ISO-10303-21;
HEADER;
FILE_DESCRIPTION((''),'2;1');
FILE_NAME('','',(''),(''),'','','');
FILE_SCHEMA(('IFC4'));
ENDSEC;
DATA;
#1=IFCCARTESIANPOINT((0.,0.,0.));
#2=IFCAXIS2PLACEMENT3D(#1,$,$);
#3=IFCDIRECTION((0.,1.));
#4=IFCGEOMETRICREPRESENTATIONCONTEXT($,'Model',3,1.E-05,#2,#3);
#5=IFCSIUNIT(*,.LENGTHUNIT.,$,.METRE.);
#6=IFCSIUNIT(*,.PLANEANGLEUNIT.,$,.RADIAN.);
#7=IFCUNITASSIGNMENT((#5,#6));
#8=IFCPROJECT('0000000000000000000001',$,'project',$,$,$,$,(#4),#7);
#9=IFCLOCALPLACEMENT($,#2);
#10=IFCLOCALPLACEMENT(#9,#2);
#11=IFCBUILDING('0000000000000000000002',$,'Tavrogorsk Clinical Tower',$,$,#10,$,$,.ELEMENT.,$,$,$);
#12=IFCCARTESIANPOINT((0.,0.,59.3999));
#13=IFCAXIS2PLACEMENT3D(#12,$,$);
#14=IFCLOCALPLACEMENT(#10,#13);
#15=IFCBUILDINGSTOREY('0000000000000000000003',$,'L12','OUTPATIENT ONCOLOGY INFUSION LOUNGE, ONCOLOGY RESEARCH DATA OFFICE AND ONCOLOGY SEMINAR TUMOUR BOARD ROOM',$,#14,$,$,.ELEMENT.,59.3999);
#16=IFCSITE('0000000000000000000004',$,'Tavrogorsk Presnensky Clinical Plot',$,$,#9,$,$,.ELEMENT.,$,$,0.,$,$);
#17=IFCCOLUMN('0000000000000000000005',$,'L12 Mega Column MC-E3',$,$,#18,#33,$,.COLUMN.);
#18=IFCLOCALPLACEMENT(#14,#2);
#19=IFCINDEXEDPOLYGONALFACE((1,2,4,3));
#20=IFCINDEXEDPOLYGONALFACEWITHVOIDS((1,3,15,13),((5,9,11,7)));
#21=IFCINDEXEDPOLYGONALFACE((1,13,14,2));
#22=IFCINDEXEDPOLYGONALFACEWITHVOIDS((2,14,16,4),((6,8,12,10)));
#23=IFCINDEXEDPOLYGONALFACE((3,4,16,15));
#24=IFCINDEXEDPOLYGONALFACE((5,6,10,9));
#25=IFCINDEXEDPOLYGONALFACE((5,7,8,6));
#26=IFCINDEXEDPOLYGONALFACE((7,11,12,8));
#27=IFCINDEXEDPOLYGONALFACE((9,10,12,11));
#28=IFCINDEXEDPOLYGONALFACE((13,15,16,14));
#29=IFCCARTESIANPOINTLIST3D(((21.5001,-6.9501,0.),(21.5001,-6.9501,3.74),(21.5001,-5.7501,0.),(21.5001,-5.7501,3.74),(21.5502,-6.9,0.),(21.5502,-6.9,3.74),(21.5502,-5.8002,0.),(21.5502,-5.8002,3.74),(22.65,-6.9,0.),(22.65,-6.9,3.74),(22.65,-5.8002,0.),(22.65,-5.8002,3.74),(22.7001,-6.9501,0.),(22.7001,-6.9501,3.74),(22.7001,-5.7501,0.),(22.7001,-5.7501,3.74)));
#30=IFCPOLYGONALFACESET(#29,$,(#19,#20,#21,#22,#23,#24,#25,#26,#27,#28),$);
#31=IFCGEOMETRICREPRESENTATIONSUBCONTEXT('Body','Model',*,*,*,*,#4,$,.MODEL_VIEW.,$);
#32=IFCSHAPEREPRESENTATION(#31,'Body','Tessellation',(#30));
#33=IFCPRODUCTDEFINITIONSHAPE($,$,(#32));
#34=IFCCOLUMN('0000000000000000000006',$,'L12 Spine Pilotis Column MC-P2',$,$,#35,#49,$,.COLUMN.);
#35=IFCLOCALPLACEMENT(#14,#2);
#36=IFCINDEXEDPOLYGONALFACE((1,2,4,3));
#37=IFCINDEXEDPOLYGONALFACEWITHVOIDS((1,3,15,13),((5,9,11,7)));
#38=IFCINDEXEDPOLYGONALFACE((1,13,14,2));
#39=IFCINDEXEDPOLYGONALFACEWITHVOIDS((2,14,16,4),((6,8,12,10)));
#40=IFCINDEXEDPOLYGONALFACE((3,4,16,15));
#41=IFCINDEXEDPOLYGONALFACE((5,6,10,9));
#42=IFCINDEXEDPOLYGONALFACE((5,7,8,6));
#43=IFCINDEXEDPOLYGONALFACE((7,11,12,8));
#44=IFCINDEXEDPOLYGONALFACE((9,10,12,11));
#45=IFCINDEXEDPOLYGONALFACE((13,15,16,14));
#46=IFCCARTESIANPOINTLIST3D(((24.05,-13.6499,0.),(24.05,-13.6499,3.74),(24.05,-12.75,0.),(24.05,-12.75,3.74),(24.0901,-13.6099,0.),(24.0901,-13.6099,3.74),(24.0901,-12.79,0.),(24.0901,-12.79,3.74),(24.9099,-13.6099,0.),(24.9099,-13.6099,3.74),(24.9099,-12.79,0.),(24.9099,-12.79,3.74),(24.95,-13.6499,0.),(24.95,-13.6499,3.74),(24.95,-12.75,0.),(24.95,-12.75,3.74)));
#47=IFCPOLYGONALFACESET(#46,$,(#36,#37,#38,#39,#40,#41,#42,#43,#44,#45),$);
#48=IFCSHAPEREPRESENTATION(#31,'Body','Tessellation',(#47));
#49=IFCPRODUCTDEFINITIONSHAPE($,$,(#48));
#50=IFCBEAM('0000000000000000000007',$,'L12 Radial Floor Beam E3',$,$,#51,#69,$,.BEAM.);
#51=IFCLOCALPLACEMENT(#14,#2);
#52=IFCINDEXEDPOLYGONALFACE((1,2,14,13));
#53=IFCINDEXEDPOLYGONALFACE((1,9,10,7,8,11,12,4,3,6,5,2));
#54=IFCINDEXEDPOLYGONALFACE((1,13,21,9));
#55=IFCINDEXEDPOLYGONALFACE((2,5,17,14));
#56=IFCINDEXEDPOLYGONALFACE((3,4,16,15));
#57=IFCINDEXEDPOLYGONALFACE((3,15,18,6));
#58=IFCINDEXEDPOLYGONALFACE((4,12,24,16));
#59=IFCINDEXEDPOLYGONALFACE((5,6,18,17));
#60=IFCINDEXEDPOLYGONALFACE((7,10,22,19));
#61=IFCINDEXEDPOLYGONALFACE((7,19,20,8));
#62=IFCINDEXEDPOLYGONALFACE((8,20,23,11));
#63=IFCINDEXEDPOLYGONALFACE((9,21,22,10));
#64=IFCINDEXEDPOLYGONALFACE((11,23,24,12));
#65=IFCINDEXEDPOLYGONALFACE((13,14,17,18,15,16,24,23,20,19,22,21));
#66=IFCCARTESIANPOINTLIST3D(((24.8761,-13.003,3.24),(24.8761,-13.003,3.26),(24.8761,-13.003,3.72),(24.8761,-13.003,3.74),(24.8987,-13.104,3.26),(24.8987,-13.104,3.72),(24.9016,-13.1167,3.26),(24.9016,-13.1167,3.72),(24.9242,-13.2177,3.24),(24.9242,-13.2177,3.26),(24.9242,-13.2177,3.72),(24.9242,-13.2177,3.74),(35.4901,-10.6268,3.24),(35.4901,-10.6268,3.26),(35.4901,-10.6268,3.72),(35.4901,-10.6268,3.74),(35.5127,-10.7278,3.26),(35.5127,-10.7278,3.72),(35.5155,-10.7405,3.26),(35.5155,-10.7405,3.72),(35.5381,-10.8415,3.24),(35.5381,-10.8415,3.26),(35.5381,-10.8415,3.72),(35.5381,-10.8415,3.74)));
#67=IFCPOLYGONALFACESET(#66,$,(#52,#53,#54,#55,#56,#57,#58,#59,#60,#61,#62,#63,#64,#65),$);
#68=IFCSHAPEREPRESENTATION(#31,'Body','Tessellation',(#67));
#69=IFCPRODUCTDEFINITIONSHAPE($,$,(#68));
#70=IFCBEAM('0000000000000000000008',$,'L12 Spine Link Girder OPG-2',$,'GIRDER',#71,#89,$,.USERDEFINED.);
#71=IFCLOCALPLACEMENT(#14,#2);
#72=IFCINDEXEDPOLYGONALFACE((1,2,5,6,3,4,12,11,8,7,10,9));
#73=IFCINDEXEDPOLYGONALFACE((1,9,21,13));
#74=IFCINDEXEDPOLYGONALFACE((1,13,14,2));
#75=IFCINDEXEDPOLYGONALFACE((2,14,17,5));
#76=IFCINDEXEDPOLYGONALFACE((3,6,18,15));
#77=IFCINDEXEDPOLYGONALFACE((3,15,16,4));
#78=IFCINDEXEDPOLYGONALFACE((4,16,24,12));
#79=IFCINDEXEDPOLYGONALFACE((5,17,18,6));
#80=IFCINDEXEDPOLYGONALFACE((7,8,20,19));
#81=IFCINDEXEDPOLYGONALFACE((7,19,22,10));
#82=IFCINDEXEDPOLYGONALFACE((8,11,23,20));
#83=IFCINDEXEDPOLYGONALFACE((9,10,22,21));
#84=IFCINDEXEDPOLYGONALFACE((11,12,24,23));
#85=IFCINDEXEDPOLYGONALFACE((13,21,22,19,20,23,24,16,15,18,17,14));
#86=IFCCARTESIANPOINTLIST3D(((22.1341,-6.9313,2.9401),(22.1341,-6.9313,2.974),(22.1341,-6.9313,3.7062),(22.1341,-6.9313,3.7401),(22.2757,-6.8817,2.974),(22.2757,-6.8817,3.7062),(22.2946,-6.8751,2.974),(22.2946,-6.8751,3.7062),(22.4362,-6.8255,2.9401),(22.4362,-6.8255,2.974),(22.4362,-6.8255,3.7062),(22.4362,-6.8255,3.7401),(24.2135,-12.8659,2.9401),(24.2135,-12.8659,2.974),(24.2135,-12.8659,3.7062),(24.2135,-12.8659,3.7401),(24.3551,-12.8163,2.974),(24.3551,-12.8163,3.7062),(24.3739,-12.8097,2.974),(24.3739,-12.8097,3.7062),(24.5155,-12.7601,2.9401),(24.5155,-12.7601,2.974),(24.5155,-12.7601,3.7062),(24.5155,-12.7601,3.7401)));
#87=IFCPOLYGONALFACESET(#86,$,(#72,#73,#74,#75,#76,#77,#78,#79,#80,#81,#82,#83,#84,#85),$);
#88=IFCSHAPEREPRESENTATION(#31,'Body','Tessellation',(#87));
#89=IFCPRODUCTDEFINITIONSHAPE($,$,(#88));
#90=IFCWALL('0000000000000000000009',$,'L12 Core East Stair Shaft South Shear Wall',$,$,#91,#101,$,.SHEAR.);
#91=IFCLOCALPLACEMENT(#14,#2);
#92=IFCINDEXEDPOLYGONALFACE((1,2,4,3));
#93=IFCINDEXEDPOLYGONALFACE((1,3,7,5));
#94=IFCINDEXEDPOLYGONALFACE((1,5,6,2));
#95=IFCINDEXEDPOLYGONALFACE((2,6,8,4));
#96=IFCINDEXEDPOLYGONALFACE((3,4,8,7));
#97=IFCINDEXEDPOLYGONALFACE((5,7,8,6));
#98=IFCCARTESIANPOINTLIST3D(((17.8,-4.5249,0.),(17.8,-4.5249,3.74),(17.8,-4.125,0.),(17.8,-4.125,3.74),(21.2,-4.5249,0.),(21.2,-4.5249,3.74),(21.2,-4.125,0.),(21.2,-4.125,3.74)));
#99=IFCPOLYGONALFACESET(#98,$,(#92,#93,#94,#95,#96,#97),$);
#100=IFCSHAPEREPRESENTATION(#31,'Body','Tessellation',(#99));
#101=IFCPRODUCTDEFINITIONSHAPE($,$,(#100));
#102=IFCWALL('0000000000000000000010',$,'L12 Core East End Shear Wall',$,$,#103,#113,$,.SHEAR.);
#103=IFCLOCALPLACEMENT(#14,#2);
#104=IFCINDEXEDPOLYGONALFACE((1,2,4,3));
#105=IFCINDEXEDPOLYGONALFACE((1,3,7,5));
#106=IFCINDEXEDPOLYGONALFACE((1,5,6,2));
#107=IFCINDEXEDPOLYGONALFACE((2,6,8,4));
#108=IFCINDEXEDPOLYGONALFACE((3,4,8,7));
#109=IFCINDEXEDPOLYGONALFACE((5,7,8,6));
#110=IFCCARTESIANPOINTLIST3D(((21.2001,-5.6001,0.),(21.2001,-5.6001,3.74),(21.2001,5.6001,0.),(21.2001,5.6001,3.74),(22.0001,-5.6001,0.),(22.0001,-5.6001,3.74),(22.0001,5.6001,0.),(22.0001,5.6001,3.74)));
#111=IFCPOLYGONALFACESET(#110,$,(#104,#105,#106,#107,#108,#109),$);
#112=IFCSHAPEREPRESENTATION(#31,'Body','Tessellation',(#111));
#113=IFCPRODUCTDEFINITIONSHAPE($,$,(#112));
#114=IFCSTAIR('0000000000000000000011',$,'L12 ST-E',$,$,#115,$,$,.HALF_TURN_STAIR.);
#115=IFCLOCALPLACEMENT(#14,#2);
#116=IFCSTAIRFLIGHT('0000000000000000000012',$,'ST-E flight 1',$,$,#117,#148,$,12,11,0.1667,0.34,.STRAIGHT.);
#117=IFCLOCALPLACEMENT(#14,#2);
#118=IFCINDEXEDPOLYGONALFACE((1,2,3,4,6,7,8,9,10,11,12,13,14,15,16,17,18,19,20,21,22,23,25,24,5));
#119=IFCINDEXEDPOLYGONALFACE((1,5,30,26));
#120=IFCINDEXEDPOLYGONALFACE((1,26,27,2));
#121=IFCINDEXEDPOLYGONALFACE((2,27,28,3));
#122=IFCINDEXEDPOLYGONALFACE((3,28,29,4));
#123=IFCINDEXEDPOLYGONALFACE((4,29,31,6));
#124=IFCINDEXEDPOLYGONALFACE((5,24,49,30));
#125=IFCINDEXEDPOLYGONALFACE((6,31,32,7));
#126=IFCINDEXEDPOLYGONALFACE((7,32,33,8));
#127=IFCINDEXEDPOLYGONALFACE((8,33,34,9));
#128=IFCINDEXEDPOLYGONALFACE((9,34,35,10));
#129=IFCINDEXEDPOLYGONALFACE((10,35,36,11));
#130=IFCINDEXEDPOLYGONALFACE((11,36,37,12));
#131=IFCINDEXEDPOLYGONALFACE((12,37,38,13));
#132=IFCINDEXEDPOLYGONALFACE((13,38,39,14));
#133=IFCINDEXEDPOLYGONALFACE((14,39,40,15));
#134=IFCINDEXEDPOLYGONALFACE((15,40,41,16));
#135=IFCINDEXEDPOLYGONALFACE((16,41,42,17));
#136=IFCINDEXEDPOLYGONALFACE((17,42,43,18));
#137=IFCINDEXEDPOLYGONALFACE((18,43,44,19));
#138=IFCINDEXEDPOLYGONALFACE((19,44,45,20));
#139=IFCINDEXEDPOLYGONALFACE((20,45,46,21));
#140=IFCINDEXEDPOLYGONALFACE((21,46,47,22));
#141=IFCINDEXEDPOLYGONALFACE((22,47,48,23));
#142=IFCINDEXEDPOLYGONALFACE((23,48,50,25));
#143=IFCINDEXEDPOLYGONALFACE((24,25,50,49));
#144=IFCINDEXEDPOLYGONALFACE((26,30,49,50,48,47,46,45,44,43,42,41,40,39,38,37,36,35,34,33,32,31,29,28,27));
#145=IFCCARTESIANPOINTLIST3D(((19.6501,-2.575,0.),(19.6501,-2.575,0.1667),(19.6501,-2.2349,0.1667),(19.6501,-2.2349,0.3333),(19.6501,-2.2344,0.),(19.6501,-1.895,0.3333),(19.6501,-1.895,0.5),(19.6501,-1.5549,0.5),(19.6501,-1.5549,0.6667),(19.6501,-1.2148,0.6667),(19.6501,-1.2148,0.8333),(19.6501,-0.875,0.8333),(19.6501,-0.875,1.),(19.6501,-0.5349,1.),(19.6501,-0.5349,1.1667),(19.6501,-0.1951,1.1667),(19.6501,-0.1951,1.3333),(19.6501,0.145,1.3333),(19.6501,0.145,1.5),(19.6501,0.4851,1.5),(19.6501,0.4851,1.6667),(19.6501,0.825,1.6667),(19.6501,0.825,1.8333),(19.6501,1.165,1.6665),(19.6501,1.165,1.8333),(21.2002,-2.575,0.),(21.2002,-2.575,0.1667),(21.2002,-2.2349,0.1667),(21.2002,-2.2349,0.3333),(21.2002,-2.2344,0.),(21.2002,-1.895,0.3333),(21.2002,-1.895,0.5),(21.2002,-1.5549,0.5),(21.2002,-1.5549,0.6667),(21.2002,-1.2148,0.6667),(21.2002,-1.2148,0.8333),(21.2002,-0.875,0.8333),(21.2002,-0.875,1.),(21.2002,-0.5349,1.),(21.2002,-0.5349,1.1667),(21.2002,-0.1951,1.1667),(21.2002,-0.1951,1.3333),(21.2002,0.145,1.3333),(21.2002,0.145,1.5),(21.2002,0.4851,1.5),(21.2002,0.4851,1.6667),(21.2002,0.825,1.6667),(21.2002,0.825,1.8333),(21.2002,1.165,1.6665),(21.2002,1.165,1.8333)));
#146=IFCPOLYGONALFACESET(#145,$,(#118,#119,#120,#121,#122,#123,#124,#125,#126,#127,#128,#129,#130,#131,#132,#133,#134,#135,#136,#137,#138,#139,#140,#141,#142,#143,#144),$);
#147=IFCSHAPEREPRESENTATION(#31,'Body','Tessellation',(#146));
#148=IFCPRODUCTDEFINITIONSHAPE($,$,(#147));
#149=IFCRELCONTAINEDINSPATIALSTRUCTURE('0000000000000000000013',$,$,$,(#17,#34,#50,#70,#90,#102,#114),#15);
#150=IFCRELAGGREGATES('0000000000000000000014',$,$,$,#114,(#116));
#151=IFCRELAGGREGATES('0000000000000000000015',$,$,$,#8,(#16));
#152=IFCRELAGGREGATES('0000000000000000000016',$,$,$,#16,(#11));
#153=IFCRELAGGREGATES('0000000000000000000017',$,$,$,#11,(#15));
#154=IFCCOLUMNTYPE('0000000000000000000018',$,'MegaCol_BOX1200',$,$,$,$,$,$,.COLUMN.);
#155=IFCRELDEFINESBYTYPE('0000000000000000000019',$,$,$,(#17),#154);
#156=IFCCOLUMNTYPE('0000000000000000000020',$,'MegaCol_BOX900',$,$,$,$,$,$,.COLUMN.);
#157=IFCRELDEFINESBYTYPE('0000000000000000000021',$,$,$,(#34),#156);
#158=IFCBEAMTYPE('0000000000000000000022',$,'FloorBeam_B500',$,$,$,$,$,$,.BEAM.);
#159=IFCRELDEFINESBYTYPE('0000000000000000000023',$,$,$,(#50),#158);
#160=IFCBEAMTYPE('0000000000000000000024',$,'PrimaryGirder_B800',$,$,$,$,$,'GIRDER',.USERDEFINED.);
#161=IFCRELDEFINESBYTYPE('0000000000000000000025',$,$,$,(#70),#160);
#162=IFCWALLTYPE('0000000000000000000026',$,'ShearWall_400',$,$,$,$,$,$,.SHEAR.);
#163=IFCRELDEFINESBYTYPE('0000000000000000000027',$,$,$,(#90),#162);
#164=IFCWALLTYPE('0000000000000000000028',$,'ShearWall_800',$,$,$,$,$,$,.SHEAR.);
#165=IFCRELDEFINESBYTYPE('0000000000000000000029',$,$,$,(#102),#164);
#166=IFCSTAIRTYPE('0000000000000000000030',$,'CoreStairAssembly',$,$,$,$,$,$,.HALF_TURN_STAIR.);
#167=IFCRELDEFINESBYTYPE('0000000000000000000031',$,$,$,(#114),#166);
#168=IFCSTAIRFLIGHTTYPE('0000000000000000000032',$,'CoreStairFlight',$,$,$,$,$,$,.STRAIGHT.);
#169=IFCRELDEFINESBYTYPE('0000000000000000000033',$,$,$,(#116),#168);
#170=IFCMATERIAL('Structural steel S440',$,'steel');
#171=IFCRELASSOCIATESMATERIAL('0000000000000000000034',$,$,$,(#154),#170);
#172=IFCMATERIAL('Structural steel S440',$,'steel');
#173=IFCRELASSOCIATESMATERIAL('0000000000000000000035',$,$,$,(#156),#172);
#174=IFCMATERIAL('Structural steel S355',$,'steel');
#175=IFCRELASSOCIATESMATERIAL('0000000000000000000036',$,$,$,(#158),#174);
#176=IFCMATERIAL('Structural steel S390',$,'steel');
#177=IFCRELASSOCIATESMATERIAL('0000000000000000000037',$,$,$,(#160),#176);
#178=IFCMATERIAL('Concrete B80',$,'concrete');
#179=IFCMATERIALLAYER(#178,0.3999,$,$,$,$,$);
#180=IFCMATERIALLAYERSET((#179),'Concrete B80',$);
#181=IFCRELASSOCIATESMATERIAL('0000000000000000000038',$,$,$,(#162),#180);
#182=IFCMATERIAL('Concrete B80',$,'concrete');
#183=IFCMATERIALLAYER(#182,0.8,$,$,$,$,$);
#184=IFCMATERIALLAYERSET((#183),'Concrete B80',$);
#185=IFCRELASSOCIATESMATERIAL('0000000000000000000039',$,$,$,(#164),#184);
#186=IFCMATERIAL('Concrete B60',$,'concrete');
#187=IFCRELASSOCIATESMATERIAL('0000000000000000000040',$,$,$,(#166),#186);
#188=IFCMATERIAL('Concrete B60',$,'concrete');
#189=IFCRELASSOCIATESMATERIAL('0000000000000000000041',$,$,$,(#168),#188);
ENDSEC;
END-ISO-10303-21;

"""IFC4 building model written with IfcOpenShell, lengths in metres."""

from ifc_helpers import new_model, si_unit, direction, frame, frame_2d, origin, origin_2d, place, context, subcontext, project, spatial, polyline, rectangle, hollow_rectangle, i_section, outline, extrude, material, layer, layer_set, material_profile, profile_set, type_object, element, aggregate, save


model = new_model("IFC4")

# Units and contexts
model_context = context("Model", 3, precision=1e-05, world=origin(), true_north=direction((0.0, 1.0)))
body_context = subcontext(model_context, "Body", "Model", "MODEL_VIEW")
ifc_project = project(units=[si_unit("LENGTHUNIT", "METRE"), si_unit("PLANEANGLEUNIT", "RADIAN")], contexts=[model_context])

# Site, building, storey
site_placement = place(None, origin())
site = spatial("IfcSite", under=ifc_project, at=site_placement, Name="Tavrogorsk Presnensky Clinical Plot", CompositionType="ELEMENT", RefElevation=0.0)
building_placement = place(site_placement, origin())
building = spatial("IfcBuilding", under=site, at=building_placement, Name="Tavrogorsk Clinical Tower", CompositionType="ELEMENT")
storey_placement = place(building_placement, frame((0.0, 0.0, 59.3999)))
storey = spatial("IfcBuildingStorey", under=building, at=storey_placement, Name="L12", Description="OUTPATIENT ONCOLOGY INFUSION LOUNGE, ONCOLOGY RESEARCH DATA OFFICE AND ONCOLOGY SEMINAR TUMOUR BOARD ROOM", CompositionType="ELEMENT", Elevation=59.3999)

# Columns
ifc_material_1 = material(Name="Structural steel S440", Category="steel")
ifc_material_profile_1 = material_profile(ifc_material_1, hollow_rectangle(XDim=1.2, YDim=1.2, WallThickness=0.05, at=origin_2d()), Name="BOX-1200x1200x50")
ifc_profile_set_1 = profile_set([ifc_material_profile_1], Name="Structural steel S440")
column_type_1 = type_object("IfcColumnType", Name="MegaCol_BOX1200", PredefinedType="COLUMN", material=ifc_profile_set_1)
column_1_placement = place(storey_placement, frame((22.1001, -6.3501, 0.0), z_axis=(0.0, 0.0, 1.0), x_axis=(1.0, 0.0, 0.0)))
element("IfcColumn", 1, at=column_1_placement, inside=storey, type_object=column_type_1, Name="L12 Mega Column MC-E3", PredefinedType="COLUMN", context=body_context, shape_type="SweptSolid", body=[
    extrude(hollow_rectangle(XDim=1.2, YDim=1.2, WallThickness=0.05, at=origin_2d()), origin(), (0.0, 0.0, 1.0), 3.74),
])
ifc_material_2 = material(Name="Structural steel S440", Category="steel")
ifc_material_profile_2 = material_profile(ifc_material_2, hollow_rectangle(XDim=0.8999, YDim=0.8999, WallThickness=0.04, at=origin_2d()), Name="BOX-900x900x40")
ifc_profile_set_2 = profile_set([ifc_material_profile_2], Name="Structural steel S440")
column_type_2 = type_object("IfcColumnType", Name="MegaCol_BOX900", PredefinedType="COLUMN", material=ifc_profile_set_2)
column_2_placement = place(storey_placement, frame((24.5, -13.2, 0.0), z_axis=(0.0, 0.0, 1.0), x_axis=(1.0, 0.0, 0.0)))
element("IfcColumn", 2, at=column_2_placement, inside=storey, type_object=column_type_2, Name="L12 Spine Pilotis Column MC-P2", PredefinedType="COLUMN", context=body_context, shape_type="SweptSolid", body=[
    extrude(hollow_rectangle(XDim=0.8999, YDim=0.8999, WallThickness=0.04, at=origin_2d()), origin(), (0.0, 0.0, 1.0), 3.74),
])

# Beams
ifc_material_3 = material(Name="Structural steel S355", Category="steel")
ifc_material_profile_3 = material_profile(ifc_material_3, i_section(OverallWidth=0.22, OverallDepth=0.5, WebThickness=0.0129, FlangeThickness=0.02, at=origin_2d()), Name="B-500x220x13x20")
ifc_profile_set_3 = profile_set([ifc_material_profile_3], Name="Structural steel S355")
beam_type_1 = type_object("IfcBeamType", Name="FloorBeam_B500", PredefinedType="BEAM", material=ifc_profile_set_3)
beam_1_placement = place(storey_placement, frame((24.9001, -13.1104, 3.49), z_axis=(0.975844, 0.218468, 0.0), x_axis=(-0.218468, 0.975844, 0.0)))
element("IfcBeam", 3, at=beam_1_placement, inside=storey, type_object=beam_type_1, Name="L12 Radial Floor Beam E3", PredefinedType="BEAM", context=body_context, shape_type="SweptSolid", body=[
    extrude(i_section(OverallWidth=0.22, OverallDepth=0.5, WebThickness=0.0129, FlangeThickness=0.02, at=origin_2d()), origin(), (0.0, 0.0, 1.0), 10.8767),
])
ifc_material_4 = material(Name="Structural steel S390", Category="steel")
ifc_material_profile_4 = material_profile(ifc_material_4, i_section(OverallWidth=0.3201, OverallDepth=0.8, WebThickness=0.02, FlangeThickness=0.0339, at=origin_2d()), Name="B-800x320x20x34")
ifc_profile_set_4 = profile_set([ifc_material_profile_4], Name="Structural steel S390")
beam_type_2 = type_object("IfcBeamType", Name="PrimaryGirder_B800", ElementType="GIRDER", PredefinedType="USERDEFINED", material=ifc_profile_set_4)
beam_2_placement = place(storey_placement, frame((24.3645, -12.813, 3.3401), z_axis=(-0.330669, 0.943747, 0.0), x_axis=(-0.943747, -0.330669, 0.0)))
element("IfcBeam", 4, at=beam_2_placement, inside=storey, type_object=beam_type_2, Name="L12 Spine Link Girder OPG-2", ObjectType="GIRDER", PredefinedType="USERDEFINED", context=body_context, shape_type="SweptSolid", body=[
    extrude(i_section(OverallWidth=0.3201, OverallDepth=0.8, WebThickness=0.02, FlangeThickness=0.0339, at=origin_2d()), origin(), (0.0, 0.0, 1.0), 6.2883),
])

# Walls
ifc_material_5 = material(Name="Concrete B80", Category="concrete")
ifc_layer_1 = layer(ifc_material_5, 0.3999)
ifc_layer_set_1 = layer_set([ifc_layer_1], Name="Concrete B80")
wall_type_1 = type_object("IfcWallType", Name="ShearWall_400", PredefinedType="SHEAR", material=ifc_layer_set_1)
wall_1_placement = place(storey_placement, frame((17.8, -4.325, 0.0), z_axis=(0.0, 0.0, 1.0), x_axis=(1.0, 0.0, 0.0)))
element("IfcWall", 5, at=wall_1_placement, inside=storey, type_object=wall_type_1, Name="L12 Core East Stair Shaft South Shear Wall", PredefinedType="SHEAR", context=body_context, shape_type="SweptSolid", body=[
    extrude(rectangle(XDim=3.3999, YDim=0.3999, at=frame_2d((1.7, 0.0))), origin(), (0.0, 0.0, 1.0), 3.74),
])
ifc_material_6 = material(Name="Concrete B80", Category="concrete")
ifc_layer_2 = layer(ifc_material_6, 0.8)
ifc_layer_set_2 = layer_set([ifc_layer_2], Name="Concrete B80")
wall_type_2 = type_object("IfcWallType", Name="ShearWall_800", PredefinedType="SHEAR", material=ifc_layer_set_2)
wall_2_placement = place(storey_placement, frame((21.6001, -5.6001, 0.0), z_axis=(0.0, 0.0, 1.0), x_axis=(0.0, 1.0, 0.0)))
element("IfcWall", 6, at=wall_2_placement, inside=storey, type_object=wall_type_2, Name="L12 Core East End Shear Wall", PredefinedType="SHEAR", context=body_context, shape_type="SweptSolid", body=[
    extrude(rectangle(XDim=11.2002, YDim=0.8, at=frame_2d((5.6001, 0.0))), origin(), (0.0, 0.0, 1.0), 3.74),
])

# Stair, stair flight
ifc_material_7 = material(Name="Concrete B60", Category="concrete")
stair_type = type_object("IfcStairType", Name="CoreStairAssembly", PredefinedType="HALF_TURN_STAIR", material=ifc_material_7)
stair_placement = place(storey_placement, origin())
stair = element("IfcStair", 7, at=stair_placement, inside=storey, type_object=stair_type, Name="L12 ST-E", PredefinedType="HALF_TURN_STAIR")
ifc_material_8 = material(Name="Concrete B60", Category="concrete")
stair_flight_type = type_object("IfcStairFlightType", Name="CoreStairFlight", PredefinedType="STRAIGHT", material=ifc_material_8)
stair_flight_placement = place(storey_placement, frame((20.425, -2.575, 0.0), z_axis=(0.0, 0.0, 1.0), x_axis=(0.0, 1.0, 0.0)))
stair_flight = element("IfcStairFlight", 8, at=stair_flight_placement, type_object=stair_flight_type, Name="ST-E flight 1", NumberOfRisers=12, NumberOfTreads=11, PredefinedType="STRAIGHT", RiserHeight=0.1667, TreadLength=0.34, context=body_context, shape_type="SweptSolid", body=[
    extrude(outline(polyline([(0.0, 0.0), (0.0, 0.1667), (0.3401, 0.1667), (0.3401, 0.3333), (0.6799, 0.3333), (0.6799, 0.5), (1.02, 0.5), (1.02, 0.6667), (1.3601, 0.6667), (1.3601, 0.8333), (1.7, 0.8333), (1.7, 1.0), (2.04, 1.0), (2.04, 1.1667), (2.3799, 1.1667), (2.3799, 1.3333), (2.72, 1.3333), (2.72, 1.5), (3.0601, 1.5), (3.0601, 1.6667), (3.3999, 1.6667), (3.3999, 1.8333), (3.74, 1.8333), (3.74, 2.0), (3.74, 1.6665), (0.3406, 0.0), (0.0, 0.0)])), frame((0.0, 0.7749, 0.0), z_axis=(0.0, -1.0, 0.0), x_axis=(1.0, 0.0, 0.0)), (0.0, 0.0, 1.0), 1.55),
])
aggregate(stair, [stair_flight])

save(model, "model.ifc")
